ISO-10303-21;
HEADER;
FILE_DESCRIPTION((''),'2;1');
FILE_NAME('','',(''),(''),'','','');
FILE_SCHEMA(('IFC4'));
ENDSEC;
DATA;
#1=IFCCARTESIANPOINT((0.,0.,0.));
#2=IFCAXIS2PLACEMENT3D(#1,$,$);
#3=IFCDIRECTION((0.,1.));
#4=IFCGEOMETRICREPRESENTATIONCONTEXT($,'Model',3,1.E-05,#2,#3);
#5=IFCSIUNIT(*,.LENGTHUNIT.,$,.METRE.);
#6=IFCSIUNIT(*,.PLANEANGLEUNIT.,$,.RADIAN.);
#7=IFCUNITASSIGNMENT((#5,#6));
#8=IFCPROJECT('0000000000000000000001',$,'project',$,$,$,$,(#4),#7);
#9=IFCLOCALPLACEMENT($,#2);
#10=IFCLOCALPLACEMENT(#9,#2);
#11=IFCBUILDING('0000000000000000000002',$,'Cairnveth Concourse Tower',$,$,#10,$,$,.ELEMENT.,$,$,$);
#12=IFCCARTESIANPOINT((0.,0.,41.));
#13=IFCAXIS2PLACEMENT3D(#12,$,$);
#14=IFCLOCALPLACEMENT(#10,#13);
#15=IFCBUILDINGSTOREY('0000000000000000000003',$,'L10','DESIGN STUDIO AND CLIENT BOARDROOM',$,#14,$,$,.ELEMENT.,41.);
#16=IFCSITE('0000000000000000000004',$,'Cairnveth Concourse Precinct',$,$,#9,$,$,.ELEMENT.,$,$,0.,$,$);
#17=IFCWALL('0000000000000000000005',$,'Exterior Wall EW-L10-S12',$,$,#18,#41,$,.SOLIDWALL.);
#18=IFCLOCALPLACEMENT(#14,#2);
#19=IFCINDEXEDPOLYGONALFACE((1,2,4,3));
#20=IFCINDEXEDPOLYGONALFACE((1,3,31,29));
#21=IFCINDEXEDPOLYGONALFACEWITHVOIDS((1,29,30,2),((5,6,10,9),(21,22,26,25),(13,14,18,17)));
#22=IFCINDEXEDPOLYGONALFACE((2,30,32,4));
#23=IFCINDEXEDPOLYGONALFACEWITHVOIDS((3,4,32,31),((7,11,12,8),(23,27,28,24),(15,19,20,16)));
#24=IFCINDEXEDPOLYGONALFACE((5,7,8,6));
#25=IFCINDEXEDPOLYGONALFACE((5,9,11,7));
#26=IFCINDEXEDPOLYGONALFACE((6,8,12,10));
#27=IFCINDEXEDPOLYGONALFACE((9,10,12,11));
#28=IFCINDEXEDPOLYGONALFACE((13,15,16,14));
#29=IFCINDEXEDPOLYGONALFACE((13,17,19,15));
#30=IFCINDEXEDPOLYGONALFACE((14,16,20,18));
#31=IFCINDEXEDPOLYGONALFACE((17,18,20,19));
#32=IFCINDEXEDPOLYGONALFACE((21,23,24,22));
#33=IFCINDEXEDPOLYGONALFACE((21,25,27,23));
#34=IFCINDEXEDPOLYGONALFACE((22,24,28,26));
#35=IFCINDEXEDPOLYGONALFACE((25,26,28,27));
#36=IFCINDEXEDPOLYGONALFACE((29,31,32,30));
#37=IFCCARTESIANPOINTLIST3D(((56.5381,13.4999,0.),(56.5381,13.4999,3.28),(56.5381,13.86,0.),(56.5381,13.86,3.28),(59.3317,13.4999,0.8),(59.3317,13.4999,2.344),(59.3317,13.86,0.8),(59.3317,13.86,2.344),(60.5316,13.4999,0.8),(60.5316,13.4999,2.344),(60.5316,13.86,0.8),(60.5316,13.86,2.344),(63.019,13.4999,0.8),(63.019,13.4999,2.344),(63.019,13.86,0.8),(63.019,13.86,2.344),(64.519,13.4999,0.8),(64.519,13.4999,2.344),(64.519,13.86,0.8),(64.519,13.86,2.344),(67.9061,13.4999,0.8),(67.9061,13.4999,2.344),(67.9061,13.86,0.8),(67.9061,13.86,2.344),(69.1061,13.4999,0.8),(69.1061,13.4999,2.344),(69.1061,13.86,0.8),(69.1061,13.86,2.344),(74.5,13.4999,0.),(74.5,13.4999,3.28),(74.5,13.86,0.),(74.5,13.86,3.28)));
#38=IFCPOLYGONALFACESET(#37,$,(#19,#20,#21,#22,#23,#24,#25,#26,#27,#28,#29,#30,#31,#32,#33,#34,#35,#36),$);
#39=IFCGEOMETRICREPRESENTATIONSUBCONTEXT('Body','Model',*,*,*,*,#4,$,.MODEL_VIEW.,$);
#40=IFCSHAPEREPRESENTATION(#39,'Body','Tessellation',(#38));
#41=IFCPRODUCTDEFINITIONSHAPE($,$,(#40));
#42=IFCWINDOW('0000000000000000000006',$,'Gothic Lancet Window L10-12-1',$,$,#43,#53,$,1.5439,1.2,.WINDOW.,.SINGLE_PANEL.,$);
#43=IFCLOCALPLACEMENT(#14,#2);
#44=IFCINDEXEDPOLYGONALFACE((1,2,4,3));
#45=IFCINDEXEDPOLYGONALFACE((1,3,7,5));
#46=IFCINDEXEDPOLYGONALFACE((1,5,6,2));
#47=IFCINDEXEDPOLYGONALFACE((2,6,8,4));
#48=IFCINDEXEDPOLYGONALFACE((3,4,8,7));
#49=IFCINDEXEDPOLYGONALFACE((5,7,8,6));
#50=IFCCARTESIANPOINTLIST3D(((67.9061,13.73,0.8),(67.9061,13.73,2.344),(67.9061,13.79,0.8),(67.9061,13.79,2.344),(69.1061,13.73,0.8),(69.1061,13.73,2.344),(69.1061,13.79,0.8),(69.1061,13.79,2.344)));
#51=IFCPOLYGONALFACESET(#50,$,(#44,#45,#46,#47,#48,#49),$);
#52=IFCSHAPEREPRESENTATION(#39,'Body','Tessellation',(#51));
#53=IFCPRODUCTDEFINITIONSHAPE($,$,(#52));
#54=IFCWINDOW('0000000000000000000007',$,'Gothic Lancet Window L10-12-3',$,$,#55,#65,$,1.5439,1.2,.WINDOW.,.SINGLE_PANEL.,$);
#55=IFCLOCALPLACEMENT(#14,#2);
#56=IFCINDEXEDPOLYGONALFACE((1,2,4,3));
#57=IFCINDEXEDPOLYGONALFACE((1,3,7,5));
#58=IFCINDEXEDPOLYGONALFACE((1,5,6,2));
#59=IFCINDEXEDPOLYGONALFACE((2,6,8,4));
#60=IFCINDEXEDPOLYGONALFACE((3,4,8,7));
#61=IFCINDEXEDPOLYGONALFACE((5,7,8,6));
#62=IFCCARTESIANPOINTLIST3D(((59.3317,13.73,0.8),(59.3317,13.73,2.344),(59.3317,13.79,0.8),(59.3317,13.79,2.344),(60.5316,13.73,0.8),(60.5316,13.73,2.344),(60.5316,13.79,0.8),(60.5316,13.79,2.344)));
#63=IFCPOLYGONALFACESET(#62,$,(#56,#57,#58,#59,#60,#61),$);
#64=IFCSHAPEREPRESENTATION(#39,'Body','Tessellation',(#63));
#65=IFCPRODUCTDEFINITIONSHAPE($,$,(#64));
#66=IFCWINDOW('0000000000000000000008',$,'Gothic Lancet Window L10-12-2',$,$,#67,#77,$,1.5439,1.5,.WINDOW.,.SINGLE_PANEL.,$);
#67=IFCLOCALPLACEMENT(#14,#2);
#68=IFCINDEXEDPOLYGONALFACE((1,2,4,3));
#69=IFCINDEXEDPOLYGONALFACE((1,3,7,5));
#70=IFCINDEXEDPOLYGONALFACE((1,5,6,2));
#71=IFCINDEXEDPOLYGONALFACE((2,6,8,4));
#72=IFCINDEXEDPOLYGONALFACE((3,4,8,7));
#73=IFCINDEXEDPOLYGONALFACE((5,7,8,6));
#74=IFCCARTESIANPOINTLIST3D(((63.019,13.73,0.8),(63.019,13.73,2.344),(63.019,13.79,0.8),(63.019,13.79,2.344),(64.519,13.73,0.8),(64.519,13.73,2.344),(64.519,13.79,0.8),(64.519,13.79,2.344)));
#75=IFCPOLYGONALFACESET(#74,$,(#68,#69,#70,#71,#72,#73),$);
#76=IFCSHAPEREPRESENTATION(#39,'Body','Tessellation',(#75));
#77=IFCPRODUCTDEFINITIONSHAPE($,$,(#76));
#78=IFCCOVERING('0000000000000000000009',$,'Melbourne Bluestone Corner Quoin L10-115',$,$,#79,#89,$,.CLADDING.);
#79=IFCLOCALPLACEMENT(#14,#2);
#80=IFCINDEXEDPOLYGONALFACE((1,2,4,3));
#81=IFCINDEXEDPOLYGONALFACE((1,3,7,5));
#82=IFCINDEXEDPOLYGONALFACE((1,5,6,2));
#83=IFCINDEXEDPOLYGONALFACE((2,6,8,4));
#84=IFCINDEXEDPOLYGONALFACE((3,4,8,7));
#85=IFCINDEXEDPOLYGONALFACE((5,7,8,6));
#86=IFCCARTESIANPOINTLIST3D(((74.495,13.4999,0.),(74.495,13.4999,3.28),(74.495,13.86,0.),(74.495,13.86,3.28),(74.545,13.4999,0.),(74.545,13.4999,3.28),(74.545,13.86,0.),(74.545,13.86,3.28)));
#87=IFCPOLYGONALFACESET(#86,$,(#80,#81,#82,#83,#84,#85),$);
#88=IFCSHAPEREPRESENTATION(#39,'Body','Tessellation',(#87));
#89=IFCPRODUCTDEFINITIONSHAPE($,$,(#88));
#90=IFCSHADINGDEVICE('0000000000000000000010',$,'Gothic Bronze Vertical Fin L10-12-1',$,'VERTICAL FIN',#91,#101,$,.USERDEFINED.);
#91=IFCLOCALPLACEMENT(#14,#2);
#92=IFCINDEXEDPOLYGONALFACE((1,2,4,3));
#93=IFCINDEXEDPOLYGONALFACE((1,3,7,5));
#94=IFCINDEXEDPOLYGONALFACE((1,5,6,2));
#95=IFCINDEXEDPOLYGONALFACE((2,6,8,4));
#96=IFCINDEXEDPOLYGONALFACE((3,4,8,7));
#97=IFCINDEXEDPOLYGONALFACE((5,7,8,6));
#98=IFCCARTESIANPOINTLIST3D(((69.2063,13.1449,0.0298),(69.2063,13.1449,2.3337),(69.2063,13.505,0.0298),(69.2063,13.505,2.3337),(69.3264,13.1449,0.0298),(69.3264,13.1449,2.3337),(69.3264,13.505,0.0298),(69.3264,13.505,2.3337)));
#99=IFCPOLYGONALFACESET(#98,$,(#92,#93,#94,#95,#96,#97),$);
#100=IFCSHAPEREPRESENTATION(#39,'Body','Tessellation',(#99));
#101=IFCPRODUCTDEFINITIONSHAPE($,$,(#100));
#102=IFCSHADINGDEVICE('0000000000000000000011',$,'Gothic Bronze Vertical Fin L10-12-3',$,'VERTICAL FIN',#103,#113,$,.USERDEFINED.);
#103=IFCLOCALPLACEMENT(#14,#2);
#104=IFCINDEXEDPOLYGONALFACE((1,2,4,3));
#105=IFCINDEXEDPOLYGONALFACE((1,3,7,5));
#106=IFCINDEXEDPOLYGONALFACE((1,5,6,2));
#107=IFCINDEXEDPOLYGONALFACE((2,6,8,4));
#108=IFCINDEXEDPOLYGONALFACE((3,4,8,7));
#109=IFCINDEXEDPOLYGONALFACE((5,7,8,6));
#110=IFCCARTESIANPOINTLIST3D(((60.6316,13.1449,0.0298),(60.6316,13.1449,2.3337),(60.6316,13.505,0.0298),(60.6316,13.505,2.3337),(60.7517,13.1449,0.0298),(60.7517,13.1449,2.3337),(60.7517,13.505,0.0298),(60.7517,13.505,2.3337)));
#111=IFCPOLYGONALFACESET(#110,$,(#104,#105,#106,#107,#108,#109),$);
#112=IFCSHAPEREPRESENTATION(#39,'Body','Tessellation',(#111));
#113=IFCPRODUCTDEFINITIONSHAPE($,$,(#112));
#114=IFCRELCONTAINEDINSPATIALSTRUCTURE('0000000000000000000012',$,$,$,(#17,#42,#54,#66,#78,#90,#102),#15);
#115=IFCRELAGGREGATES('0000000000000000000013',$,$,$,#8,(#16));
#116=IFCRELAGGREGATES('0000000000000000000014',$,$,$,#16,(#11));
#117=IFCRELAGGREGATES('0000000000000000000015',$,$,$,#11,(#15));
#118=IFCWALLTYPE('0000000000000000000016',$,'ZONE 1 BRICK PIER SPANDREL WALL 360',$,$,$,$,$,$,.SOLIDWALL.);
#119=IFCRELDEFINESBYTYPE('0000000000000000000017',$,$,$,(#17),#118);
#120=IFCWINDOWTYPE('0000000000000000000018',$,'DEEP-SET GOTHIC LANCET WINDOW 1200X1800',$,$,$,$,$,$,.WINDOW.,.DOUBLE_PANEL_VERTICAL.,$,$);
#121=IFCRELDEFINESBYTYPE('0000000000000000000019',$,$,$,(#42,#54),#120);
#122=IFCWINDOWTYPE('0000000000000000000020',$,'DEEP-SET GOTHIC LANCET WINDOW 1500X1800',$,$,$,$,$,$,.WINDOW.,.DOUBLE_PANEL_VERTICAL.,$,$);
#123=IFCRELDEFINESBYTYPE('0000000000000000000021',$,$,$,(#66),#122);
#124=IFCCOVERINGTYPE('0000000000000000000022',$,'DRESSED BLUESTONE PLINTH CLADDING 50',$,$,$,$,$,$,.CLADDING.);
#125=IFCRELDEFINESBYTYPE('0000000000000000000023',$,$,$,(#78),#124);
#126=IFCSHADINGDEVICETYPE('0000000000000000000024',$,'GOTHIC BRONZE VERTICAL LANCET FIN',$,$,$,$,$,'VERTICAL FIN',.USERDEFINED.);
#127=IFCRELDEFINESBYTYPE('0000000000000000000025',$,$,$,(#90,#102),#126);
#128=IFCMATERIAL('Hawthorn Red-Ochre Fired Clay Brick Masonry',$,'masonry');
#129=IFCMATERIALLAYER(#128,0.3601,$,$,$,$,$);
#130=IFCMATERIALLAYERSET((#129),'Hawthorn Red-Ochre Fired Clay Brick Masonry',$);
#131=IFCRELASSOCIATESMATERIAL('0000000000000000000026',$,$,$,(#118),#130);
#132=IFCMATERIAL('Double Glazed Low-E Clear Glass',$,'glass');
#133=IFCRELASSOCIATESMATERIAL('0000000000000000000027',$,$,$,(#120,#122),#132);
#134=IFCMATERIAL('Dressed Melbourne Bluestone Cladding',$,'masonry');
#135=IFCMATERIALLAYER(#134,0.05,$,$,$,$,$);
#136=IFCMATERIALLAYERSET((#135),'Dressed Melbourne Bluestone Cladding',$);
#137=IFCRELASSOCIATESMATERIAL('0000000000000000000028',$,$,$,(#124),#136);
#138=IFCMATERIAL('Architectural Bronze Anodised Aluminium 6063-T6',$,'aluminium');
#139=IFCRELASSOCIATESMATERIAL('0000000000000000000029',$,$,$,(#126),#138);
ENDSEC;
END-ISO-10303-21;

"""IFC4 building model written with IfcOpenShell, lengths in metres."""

from ifc_helpers import new_model, si_unit, direction, frame, frame_2d, origin, origin_2d, place, context, subcontext, project, spatial, rectangle, extrude, material, layer, layer_set, type_object, element, fill, save


model = new_model("IFC4")

# Units and contexts
model_context = context("Model", 3, precision=1e-05, world=origin(), true_north=direction((0.0, 1.0)))
body_context = subcontext(model_context, "Body", "Model", "MODEL_VIEW")
ifc_project = project(units=[si_unit("LENGTHUNIT", "METRE"), si_unit("PLANEANGLEUNIT", "RADIAN")], contexts=[model_context])

# Site, building, storey
site_placement = place(None, origin())
site = spatial("IfcSite", under=ifc_project, at=site_placement, Name="Cairnveth Concourse Precinct", CompositionType="ELEMENT", RefElevation=0.0)
building_placement = place(site_placement, origin())
building = spatial("IfcBuilding", under=site, at=building_placement, Name="Cairnveth Concourse Tower", CompositionType="ELEMENT")
storey_placement = place(building_placement, frame((0.0, 0.0, 41.0)))
storey = spatial("IfcBuildingStorey", under=building, at=storey_placement, Name="L10", Description="DESIGN STUDIO AND CLIENT BOARDROOM", CompositionType="ELEMENT", Elevation=41.0)

# Wall, openings, windows
ifc_material_1 = material(Name="Hawthorn Red-Ochre Fired Clay Brick Masonry", Category="masonry")
ifc_layer_1 = layer(ifc_material_1, 0.3601)
ifc_layer_set_1 = layer_set([ifc_layer_1], Name="Hawthorn Red-Ochre Fired Clay Brick Masonry")
wall_type_1 = type_object("IfcWallType", Name="ZONE 1 BRICK PIER SPANDREL WALL 360", PredefinedType="SOLIDWALL", material=ifc_layer_set_1)
wall_1_placement = place(storey_placement, frame((74.5, 13.6799, 0.0), z_axis=(0.0, 0.0, 1.0), x_axis=(-1.0, 0.0, 0.0)))
wall_1 = element("IfcWall", 1, at=wall_1_placement, inside=storey, type_object=wall_type_1, Name="Exterior Wall EW-L10-S12", PredefinedType="SOLIDWALL", context=body_context, shape_type="SweptSolid", body=[
    extrude(rectangle(XDim=17.9619, YDim=0.3601, at=frame_2d((8.981, 0.0))), origin(), (0.0, 0.0, 1.0), 3.28),
])
opening_1_placement = place(wall_1_placement, frame((5.3938, 0.0, 0.8)))
opening_1 = element("IfcOpeningElement", 2, at=opening_1_placement, cuts=wall_1, PredefinedType="OPENING", context=body_context, shape_type="SweptSolid", body=[
    extrude(rectangle(XDim=1.2, YDim=1.5439, at=frame_2d((0.6001, 0.772))), frame((0.0, 0.1899, 0.0), z_axis=(0.0, -1.0, 0.0), x_axis=(1.0, 0.0, 0.0)), (0.0, 0.0, 1.0), 0.3801),
])
opening_2_placement = place(wall_1_placement, frame((9.981, 0.0, 0.8)))
opening_2 = element("IfcOpeningElement", 3, at=opening_2_placement, cuts=wall_1, PredefinedType="OPENING", context=body_context, shape_type="SweptSolid", body=[
    extrude(rectangle(XDim=1.5, YDim=1.5439, at=frame_2d((0.75, 0.772))), frame((0.0, 0.1899, 0.0), z_axis=(0.0, -1.0, 0.0), x_axis=(1.0, 0.0, 0.0)), (0.0, 0.0, 1.0), 0.3801),
])
opening_3_placement = place(wall_1_placement, frame((13.9683, 0.0, 0.8)))
opening_3 = element("IfcOpeningElement", 4, at=opening_3_placement, cuts=wall_1, PredefinedType="OPENING", context=body_context, shape_type="SweptSolid", body=[
    extrude(rectangle(XDim=1.2, YDim=1.5439, at=frame_2d((0.6001, 0.772))), frame((0.0, 0.1899, 0.0), z_axis=(0.0, -1.0, 0.0), x_axis=(1.0, 0.0, 0.0)), (0.0, 0.0, 1.0), 0.3801),
])
ifc_material_2 = material(Name="Double Glazed Low-E Clear Glass", Category="glass")
window_type_1 = type_object("IfcWindowType", Name="DEEP-SET GOTHIC LANCET WINDOW 1200X1800", PartitioningType="DOUBLE_PANEL_VERTICAL", PredefinedType="WINDOW", material=ifc_material_2)
window_1_placement = place(opening_1_placement, origin())
window_1 = element("IfcWindow", 5, at=window_1_placement, inside=storey, type_object=window_type_1, Name="Gothic Lancet Window L10-12-1", OverallHeight=1.5439, OverallWidth=1.2, PartitioningType="SINGLE_PANEL", PredefinedType="WINDOW", context=body_context, shape_type="SweptSolid", body=[
    extrude(rectangle(XDim=1.2, YDim=1.5439, at=frame_2d((0.6001, 0.772))), frame((0.0, -0.05, 0.0), z_axis=(0.0, -1.0, 0.0), x_axis=(1.0, 0.0, 0.0)), (0.0, 0.0, 1.0), 0.0601),
])
fill(opening_1, window_1)
window_2_placement = place(opening_3_placement, origin())
window_2 = element("IfcWindow", 6, at=window_2_placement, inside=storey, type_object=window_type_1, Name="Gothic Lancet Window L10-12-3", OverallHeight=1.5439, OverallWidth=1.2, PartitioningType="SINGLE_PANEL", PredefinedType="WINDOW", context=body_context, shape_type="SweptSolid", body=[
    extrude(rectangle(XDim=1.2, YDim=1.5439, at=frame_2d((0.6001, 0.772))), frame((0.0, -0.05, 0.0), z_axis=(0.0, -1.0, 0.0), x_axis=(1.0, 0.0, 0.0)), (0.0, 0.0, 1.0), 0.0601),
])
fill(opening_3, window_2)
window_type_2 = type_object("IfcWindowType", Name="DEEP-SET GOTHIC LANCET WINDOW 1500X1800", PartitioningType="DOUBLE_PANEL_VERTICAL", PredefinedType="WINDOW", material=ifc_material_2)
window_3_placement = place(opening_2_placement, origin())
window_3 = element("IfcWindow", 7, at=window_3_placement, inside=storey, type_object=window_type_2, Name="Gothic Lancet Window L10-12-2", OverallHeight=1.5439, OverallWidth=1.5, PartitioningType="SINGLE_PANEL", PredefinedType="WINDOW", context=body_context, shape_type="SweptSolid", body=[
    extrude(rectangle(XDim=1.5, YDim=1.5439, at=frame_2d((0.75, 0.772))), frame((0.0, -0.05, 0.0), z_axis=(0.0, -1.0, 0.0), x_axis=(1.0, 0.0, 0.0)), (0.0, 0.0, 1.0), 0.0601),
])
fill(opening_2, window_3)

# Covering
ifc_material_3 = material(Name="Dressed Melbourne Bluestone Cladding", Category="masonry")
ifc_layer_2 = layer(ifc_material_3, 0.05)
ifc_layer_set_2 = layer_set([ifc_layer_2], Name="Dressed Melbourne Bluestone Cladding")
covering_type = type_object("IfcCoveringType", Name="DRESSED BLUESTONE PLINTH CLADDING 50", PredefinedType="CLADDING", material=ifc_layer_set_2)
covering_placement = place(storey_placement, frame((74.52, 13.8601, 0.0), z_axis=(0.0, 0.0, 1.0), x_axis=(0.0, -1.0, 0.0)))
element("IfcCovering", 8, at=covering_placement, inside=storey, type_object=covering_type, Name="Melbourne Bluestone Corner Quoin L10-115", PredefinedType="CLADDING", context=body_context, shape_type="SweptSolid", body=[
    extrude(rectangle(XDim=0.3601, YDim=0.05, at=frame_2d((0.1802, 0.0))), origin(), (0.0, 0.0, 1.0), 3.28),
])

# Shading devices
ifc_material_4 = material(Name="Architectural Bronze Anodised Aluminium 6063-T6", Category="aluminium")
shading_device_type = type_object("IfcShadingDeviceType", Name="GOTHIC BRONZE VERTICAL LANCET FIN", ElementType="VERTICAL FIN", PredefinedType="USERDEFINED", material=ifc_material_4)
for number, where, z_axis, x_axis, name in (
    (9, (69.2664, 13.325, 0.0298), (0.0, 0.0, 1.0), (1.0, 0.0, 0.0), "Gothic Bronze Vertical Fin L10-12-1"),
    (10, (60.6917, 13.325, 0.0298), (0.0, 0.0, 1.0), (1.0, 0.0, 0.0), "Gothic Bronze Vertical Fin L10-12-3"),
):
    element("IfcShadingDevice", number, at=place(storey_placement, frame(where, z_axis=z_axis, x_axis=x_axis)), inside=storey, type_object=shading_device_type, Name=name, ObjectType="VERTICAL FIN", PredefinedType="USERDEFINED", context=body_context, shape_type="SweptSolid", body=[
        extrude(rectangle(XDim=0.1201, YDim=0.3601, at=origin_2d()), origin(), (0.0, 0.0, 1.0), 2.304),
    ])

save(model, "model.ifc")
